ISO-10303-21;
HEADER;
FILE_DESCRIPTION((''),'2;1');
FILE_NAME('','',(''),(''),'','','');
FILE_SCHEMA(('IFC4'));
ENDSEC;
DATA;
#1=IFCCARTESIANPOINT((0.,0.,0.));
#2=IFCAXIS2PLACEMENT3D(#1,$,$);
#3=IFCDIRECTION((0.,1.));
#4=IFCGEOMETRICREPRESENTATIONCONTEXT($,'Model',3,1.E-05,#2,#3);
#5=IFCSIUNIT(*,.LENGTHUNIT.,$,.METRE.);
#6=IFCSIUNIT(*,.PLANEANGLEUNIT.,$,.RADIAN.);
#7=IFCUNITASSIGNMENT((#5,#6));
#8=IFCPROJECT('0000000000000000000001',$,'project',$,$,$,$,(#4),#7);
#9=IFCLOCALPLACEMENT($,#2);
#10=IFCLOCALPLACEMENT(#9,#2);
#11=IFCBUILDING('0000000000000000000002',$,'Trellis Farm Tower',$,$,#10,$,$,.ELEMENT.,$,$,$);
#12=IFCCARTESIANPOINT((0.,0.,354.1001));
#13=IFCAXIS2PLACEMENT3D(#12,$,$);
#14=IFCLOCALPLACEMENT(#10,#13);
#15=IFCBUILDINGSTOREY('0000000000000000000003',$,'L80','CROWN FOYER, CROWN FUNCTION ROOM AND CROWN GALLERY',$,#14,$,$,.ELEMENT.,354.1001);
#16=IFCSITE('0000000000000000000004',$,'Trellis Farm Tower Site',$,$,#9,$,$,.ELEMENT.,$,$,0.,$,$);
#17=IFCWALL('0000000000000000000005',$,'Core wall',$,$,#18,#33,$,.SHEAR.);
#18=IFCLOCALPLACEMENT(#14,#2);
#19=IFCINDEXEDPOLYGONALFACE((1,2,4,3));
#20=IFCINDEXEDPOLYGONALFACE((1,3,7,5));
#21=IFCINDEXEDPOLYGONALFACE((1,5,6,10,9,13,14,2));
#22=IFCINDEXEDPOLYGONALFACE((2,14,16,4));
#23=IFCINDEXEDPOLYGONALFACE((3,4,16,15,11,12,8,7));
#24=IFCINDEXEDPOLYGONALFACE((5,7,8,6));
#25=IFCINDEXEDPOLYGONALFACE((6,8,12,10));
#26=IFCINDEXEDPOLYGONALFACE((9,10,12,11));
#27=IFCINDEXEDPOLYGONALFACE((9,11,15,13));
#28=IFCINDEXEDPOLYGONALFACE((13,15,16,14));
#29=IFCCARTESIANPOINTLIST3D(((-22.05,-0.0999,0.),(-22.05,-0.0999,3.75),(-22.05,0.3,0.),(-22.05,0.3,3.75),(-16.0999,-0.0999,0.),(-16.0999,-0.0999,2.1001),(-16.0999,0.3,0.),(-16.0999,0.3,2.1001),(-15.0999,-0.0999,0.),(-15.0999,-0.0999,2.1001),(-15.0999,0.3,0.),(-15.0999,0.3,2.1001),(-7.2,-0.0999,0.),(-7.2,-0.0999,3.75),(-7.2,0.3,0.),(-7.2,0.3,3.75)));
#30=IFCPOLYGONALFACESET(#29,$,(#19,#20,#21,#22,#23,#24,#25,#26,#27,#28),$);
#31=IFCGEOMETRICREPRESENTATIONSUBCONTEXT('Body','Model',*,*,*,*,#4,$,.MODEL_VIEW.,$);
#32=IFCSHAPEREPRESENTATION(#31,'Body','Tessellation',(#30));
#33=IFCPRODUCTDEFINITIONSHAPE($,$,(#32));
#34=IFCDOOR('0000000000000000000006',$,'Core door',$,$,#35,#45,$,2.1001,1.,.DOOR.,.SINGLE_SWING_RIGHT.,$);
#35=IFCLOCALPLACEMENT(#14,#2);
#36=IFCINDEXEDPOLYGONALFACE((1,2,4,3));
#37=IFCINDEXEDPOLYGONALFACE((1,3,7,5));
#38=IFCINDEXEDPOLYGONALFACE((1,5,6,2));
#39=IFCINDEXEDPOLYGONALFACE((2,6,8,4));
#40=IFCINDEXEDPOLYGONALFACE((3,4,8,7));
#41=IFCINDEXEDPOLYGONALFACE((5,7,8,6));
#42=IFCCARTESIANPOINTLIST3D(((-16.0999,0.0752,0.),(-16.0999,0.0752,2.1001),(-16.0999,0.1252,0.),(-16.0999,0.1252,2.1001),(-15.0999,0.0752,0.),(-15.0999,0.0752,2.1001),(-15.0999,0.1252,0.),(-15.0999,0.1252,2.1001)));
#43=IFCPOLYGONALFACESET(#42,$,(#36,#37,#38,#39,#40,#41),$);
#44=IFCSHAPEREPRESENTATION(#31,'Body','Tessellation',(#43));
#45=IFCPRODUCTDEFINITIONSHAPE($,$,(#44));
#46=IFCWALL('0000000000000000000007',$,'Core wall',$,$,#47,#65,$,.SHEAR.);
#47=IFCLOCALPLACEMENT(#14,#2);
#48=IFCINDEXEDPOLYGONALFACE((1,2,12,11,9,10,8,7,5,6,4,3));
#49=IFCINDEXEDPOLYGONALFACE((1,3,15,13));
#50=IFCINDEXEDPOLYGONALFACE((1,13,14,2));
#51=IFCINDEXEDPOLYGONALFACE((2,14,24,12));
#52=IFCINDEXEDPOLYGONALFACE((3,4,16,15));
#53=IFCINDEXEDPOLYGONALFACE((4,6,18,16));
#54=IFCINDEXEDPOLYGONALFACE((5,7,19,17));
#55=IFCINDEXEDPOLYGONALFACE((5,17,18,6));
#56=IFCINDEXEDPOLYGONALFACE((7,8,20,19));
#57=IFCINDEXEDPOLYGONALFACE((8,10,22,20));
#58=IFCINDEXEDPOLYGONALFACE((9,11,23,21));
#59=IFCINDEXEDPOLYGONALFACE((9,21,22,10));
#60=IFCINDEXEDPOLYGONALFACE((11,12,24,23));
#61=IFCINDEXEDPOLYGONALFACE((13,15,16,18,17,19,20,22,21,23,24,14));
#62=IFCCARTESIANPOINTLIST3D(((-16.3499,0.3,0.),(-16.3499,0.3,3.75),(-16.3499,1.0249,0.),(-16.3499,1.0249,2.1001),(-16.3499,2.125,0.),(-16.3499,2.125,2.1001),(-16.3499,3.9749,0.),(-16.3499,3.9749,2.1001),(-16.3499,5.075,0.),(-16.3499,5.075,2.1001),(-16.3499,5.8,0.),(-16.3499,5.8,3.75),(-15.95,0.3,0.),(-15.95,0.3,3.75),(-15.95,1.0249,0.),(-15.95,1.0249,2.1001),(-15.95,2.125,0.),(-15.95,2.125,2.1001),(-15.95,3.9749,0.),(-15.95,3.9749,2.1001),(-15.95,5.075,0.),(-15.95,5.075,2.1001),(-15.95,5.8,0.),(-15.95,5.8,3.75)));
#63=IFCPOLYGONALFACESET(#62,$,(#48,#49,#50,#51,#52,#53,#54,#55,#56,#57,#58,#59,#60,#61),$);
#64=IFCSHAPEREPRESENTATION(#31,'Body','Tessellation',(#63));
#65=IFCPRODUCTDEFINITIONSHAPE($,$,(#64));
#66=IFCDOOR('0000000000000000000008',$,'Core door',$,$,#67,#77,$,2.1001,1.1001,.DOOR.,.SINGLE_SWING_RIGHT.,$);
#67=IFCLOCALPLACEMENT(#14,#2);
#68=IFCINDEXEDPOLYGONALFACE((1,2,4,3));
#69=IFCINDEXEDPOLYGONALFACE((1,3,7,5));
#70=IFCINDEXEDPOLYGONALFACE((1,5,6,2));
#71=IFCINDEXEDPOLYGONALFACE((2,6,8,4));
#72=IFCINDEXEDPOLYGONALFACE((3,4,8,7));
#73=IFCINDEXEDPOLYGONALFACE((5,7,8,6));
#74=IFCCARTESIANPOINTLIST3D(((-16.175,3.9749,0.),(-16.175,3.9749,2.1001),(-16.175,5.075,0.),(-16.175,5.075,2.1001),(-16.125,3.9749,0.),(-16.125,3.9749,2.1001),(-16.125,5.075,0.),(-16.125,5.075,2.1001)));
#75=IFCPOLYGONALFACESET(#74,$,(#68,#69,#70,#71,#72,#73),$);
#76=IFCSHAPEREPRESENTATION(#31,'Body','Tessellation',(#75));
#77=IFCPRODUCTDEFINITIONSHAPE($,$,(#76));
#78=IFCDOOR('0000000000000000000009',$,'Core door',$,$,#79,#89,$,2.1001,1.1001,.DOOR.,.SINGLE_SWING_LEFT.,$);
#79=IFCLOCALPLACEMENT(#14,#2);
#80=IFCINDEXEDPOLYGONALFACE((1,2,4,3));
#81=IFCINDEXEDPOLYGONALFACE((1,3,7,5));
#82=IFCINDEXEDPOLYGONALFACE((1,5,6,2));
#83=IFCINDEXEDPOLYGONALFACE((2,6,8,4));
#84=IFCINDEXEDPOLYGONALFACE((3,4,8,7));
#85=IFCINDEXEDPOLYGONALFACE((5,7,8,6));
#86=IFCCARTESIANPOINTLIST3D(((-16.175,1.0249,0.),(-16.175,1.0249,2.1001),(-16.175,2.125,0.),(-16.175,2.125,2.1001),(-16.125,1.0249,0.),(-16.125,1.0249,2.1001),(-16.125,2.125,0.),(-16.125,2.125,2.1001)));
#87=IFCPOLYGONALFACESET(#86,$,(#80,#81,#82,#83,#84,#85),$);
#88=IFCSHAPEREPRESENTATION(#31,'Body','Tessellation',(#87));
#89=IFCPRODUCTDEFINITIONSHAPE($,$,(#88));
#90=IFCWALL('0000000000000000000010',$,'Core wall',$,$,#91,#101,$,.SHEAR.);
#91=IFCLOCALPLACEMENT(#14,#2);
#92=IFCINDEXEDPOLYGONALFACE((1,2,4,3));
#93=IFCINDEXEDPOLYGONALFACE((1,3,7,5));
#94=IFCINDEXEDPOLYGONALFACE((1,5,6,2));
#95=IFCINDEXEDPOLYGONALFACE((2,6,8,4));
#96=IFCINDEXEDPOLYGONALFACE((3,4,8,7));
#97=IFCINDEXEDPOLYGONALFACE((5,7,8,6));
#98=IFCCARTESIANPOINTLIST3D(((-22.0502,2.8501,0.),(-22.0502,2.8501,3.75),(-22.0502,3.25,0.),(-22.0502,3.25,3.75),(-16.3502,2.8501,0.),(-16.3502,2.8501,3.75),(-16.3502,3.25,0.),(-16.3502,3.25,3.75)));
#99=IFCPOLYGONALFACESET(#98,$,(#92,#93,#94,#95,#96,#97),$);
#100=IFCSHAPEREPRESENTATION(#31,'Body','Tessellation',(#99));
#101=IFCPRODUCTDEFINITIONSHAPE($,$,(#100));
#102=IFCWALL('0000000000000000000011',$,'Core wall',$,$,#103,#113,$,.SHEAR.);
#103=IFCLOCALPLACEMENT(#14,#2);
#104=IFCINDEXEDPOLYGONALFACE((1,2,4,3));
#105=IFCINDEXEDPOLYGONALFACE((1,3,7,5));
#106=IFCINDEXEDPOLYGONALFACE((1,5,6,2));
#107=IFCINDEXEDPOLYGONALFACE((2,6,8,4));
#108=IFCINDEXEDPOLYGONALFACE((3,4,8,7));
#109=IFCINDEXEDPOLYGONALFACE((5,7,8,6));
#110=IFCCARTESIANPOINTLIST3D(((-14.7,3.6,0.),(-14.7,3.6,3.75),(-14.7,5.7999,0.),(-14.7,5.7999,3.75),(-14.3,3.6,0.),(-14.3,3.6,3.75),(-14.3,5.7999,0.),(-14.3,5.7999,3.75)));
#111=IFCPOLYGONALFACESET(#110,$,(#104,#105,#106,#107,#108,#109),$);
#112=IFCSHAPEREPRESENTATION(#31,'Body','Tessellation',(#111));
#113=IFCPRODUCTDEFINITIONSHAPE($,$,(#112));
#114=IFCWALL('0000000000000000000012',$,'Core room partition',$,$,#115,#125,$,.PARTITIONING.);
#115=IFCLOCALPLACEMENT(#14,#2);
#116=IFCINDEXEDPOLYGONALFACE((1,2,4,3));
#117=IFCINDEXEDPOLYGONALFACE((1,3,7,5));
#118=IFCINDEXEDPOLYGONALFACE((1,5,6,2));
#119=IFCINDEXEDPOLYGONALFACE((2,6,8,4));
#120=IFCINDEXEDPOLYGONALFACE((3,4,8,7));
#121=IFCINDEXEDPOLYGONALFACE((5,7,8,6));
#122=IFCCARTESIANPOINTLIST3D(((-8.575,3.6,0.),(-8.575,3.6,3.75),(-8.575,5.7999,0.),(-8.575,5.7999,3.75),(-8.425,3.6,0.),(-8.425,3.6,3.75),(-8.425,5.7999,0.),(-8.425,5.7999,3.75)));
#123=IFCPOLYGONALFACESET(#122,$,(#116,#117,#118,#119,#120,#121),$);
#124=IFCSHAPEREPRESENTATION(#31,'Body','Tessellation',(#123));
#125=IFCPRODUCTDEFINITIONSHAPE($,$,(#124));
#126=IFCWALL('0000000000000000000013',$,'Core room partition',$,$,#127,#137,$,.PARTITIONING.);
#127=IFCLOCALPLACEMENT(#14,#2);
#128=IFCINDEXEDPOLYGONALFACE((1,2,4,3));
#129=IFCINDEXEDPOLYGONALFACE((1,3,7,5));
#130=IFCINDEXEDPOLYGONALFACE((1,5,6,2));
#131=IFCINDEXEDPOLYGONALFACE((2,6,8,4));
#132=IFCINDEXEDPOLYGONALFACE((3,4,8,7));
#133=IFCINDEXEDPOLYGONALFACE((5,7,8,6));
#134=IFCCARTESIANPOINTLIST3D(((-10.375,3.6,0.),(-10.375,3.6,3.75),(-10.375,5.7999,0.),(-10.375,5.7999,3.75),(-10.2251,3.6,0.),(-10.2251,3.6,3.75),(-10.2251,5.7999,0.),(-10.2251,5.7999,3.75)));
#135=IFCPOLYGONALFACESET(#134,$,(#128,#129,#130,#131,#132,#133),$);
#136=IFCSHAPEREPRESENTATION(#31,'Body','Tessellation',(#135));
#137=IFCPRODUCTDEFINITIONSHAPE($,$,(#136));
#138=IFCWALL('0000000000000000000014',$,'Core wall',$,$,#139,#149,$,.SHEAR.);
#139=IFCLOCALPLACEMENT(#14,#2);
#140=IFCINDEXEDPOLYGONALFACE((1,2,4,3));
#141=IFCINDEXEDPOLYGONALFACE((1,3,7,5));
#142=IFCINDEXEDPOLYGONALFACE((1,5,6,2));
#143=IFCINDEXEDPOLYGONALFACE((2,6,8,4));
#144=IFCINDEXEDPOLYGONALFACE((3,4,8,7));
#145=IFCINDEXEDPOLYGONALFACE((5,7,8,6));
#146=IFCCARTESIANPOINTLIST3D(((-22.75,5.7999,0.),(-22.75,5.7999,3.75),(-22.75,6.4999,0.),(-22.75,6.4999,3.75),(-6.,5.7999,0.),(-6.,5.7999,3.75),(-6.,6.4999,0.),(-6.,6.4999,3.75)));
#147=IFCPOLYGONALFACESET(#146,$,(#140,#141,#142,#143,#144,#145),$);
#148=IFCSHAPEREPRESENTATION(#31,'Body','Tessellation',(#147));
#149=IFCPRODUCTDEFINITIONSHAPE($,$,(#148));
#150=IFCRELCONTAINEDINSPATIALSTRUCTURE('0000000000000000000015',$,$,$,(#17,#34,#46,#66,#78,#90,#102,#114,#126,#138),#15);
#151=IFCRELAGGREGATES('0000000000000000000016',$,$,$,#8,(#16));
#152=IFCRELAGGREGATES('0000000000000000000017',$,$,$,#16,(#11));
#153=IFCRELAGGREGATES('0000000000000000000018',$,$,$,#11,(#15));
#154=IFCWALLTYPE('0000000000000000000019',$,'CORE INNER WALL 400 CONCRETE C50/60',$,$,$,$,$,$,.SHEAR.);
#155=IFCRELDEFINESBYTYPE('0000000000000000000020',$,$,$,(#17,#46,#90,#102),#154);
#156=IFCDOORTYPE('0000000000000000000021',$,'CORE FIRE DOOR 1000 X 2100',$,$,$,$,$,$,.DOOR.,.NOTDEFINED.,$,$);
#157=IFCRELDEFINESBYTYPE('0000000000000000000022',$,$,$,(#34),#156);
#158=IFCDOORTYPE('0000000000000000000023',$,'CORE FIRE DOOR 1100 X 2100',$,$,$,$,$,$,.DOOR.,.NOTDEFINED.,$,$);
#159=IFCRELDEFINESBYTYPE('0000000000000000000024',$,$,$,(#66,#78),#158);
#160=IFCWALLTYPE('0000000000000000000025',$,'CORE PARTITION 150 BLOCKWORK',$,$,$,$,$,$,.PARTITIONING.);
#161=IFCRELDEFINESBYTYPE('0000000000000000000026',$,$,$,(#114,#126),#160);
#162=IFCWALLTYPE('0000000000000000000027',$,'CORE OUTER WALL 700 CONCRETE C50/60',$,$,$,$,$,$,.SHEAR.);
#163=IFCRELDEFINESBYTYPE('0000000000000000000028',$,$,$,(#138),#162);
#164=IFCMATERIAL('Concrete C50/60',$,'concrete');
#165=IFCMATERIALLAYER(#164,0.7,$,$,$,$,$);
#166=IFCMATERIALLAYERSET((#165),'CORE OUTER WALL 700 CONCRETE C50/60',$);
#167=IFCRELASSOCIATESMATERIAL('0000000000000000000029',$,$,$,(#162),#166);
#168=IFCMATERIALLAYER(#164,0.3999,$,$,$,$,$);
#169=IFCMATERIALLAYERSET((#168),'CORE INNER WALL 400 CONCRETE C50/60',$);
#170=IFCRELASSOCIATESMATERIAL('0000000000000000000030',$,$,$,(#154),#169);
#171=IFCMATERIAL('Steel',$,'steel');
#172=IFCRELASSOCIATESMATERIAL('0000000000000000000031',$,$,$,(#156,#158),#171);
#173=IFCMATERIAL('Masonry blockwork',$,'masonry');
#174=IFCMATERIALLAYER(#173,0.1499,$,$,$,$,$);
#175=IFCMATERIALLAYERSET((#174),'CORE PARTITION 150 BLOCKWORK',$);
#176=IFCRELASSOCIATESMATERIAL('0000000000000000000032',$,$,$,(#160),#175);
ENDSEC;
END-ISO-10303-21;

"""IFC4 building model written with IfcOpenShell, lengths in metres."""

from ifc_helpers import new_model, si_unit, direction, frame, frame_2d, origin, place, context, subcontext, project, spatial, rectangle, extrude, source, transform, mapped, material, layer, layer_set, type_object, element, fill, save


model = new_model("IFC4")

# Units and contexts
model_context = context("Model", 3, precision=1e-05, world=origin(), true_north=direction((0.0, 1.0)))
body_context = subcontext(model_context, "Body", "Model", "MODEL_VIEW")
ifc_project = project(units=[si_unit("LENGTHUNIT", "METRE"), si_unit("PLANEANGLEUNIT", "RADIAN")], contexts=[model_context])

# Site, building, storey
site_placement = place(None, origin())
site = spatial("IfcSite", under=ifc_project, at=site_placement, Name="Trellis Farm Tower Site", CompositionType="ELEMENT", RefElevation=0.0)
building_placement = place(site_placement, origin())
building = spatial("IfcBuilding", under=site, at=building_placement, Name="Trellis Farm Tower", CompositionType="ELEMENT")
storey_placement = place(building_placement, frame((0.0, 0.0, 354.1001)))
storey = spatial("IfcBuildingStorey", under=building, at=storey_placement, Name="L80", Description="CROWN FOYER, CROWN FUNCTION ROOM AND CROWN GALLERY", CompositionType="ELEMENT", Elevation=354.1001)

# Shared definitions
ifc_material_1 = material(Name="Concrete C50/60", Category="concrete")
ifc_layer_1 = layer(ifc_material_1, 0.7)
ifc_layer_set_1 = layer_set([ifc_layer_1], Name="CORE OUTER WALL 700 CONCRETE C50/60")
wall_type_1 = type_object("IfcWallType", Name="CORE OUTER WALL 700 CONCRETE C50/60", PredefinedType="SHEAR", material=ifc_layer_set_1)
ifc_material_2 = material(Name="Steel", Category="steel")

# Shared definitions
ifc_layer_2 = layer(ifc_material_1, 0.3999)
ifc_layer_set_2 = layer_set([ifc_layer_2], Name="CORE INNER WALL 400 CONCRETE C50/60")
wall_type_2 = type_object("IfcWallType", Name="CORE INNER WALL 400 CONCRETE C50/60", PredefinedType="SHEAR", material=ifc_layer_set_2)

# Wall, opening, door
shared_shape_1 = source(origin(), body_context, "Body", "SweptSolid", [
    extrude(rectangle(XDim=14.8501, YDim=0.3999, at=frame_2d((7.425, 0.0))), origin(), (0.0, 0.0, 1.0), 3.75),
])
wall_1_placement = place(storey_placement, frame((-7.2, 0.1001, 0.0), z_axis=(0.0, 0.0, 1.0), x_axis=(-1.0, 0.0, 0.0)))
wall_1 = element("IfcWall", 1, at=wall_1_placement, inside=storey, type_object=wall_type_2, Name="Core wall", PredefinedType="SHEAR", context=body_context, shape_type="MappedRepresentation", body=[
    mapped(shared_shape_1, transform((0.0, 0.0, 0.0))),
])
shared_shape_2 = source(origin(), body_context, "Body", "SweptSolid", [
    extrude(rectangle(XDim=1.0, YDim=2.1001, at=frame_2d((0.5, 1.05))), frame((0.0, 0.21, 0.0), z_axis=(0.0, -1.0, 0.0), x_axis=(1.0, 0.0, 0.0)), (0.0, 0.0, 1.0), 0.4199),
])
opening_1_placement = place(wall_1_placement, frame((7.8999, 0.0, 0.0)))
opening_1 = element("IfcOpeningElement", 2, at=opening_1_placement, cuts=wall_1, PredefinedType="OPENING", context=body_context, shape_type="MappedRepresentation", body=[
    mapped(shared_shape_2, transform((0.0, 0.0, 0.0))),
])
door_type_1 = type_object("IfcDoorType", Name="CORE FIRE DOOR 1000 X 2100", OperationType="NOTDEFINED", PredefinedType="DOOR", material=ifc_material_2)
shared_shape_3 = source(origin(), body_context, "Body", "SweptSolid", [
    extrude(rectangle(XDim=1.0, YDim=2.1001, at=frame_2d((0.5, 1.05))), frame((0.0, 0.0249, 0.0), z_axis=(0.0, -1.0, 0.0), x_axis=(1.0, 0.0, 0.0)), (0.0, 0.0, 1.0), 0.05),
])
door_1_placement = place(opening_1_placement, origin())
door_1 = element("IfcDoor", 3, at=door_1_placement, inside=storey, type_object=door_type_1, Name="Core door", OperationType="SINGLE_SWING_RIGHT", OverallHeight=2.1001, OverallWidth=1.0, PredefinedType="DOOR", context=body_context, shape_type="MappedRepresentation", body=[
    mapped(shared_shape_3, transform((0.0, 0.0, 0.0))),
])
fill(opening_1, door_1)

# Wall, openings, doors
shared_shape_4 = source(origin(), body_context, "Body", "SweptSolid", [
    extrude(rectangle(XDim=5.5, YDim=0.3999, at=frame_2d((2.75, 0.0))), origin(), (0.0, 0.0, 1.0), 3.75),
])
wall_2_placement = place(storey_placement, frame((-16.1499, 5.8, 0.0), z_axis=(0.0, 0.0, 1.0), x_axis=(0.0, -1.0, 0.0)))
wall_2 = element("IfcWall", 4, at=wall_2_placement, inside=storey, type_object=wall_type_2, Name="Core wall", PredefinedType="SHEAR", context=body_context, shape_type="MappedRepresentation", body=[
    mapped(shared_shape_4, transform((0.0, 0.0, 0.0))),
])
shared_shape_5 = source(origin(), body_context, "Body", "SweptSolid", [
    extrude(rectangle(XDim=1.1001, YDim=2.1001, at=frame_2d((0.55, 1.05))), frame((0.0, 0.21, 0.0), z_axis=(0.0, -1.0, 0.0), x_axis=(1.0, 0.0, 0.0)), (0.0, 0.0, 1.0), 0.4199),
])
opening_2_placement = place(wall_2_placement, frame((0.7251, 0.0, 0.0)))
opening_2 = element("IfcOpeningElement", 5, at=opening_2_placement, cuts=wall_2, PredefinedType="OPENING", context=body_context, shape_type="MappedRepresentation", body=[
    mapped(shared_shape_5, transform((0.0, 0.0, 0.0))),
])
opening_3_placement = place(wall_2_placement, frame((3.675, 0.0, 0.0)))
opening_3 = element("IfcOpeningElement", 6, at=opening_3_placement, cuts=wall_2, PredefinedType="OPENING", context=body_context, shape_type="MappedRepresentation", body=[
    mapped(shared_shape_5, transform((0.0, 0.0, 0.0))),
])
door_type_2 = type_object("IfcDoorType", Name="CORE FIRE DOOR 1100 X 2100", OperationType="NOTDEFINED", PredefinedType="DOOR", material=ifc_material_2)
shared_shape_6 = source(origin(), body_context, "Body", "SweptSolid", [
    extrude(rectangle(XDim=1.1001, YDim=2.1001, at=frame_2d((0.55, 1.05))), frame((0.0, 0.0249, 0.0), z_axis=(0.0, -1.0, 0.0), x_axis=(1.0, 0.0, 0.0)), (0.0, 0.0, 1.0), 0.05),
])
door_2_placement = place(opening_2_placement, origin())
door_2 = element("IfcDoor", 7, at=door_2_placement, inside=storey, type_object=door_type_2, Name="Core door", OperationType="SINGLE_SWING_RIGHT", OverallHeight=2.1001, OverallWidth=1.1001, PredefinedType="DOOR", context=body_context, shape_type="MappedRepresentation", body=[
    mapped(shared_shape_6, transform((0.0, 0.0, 0.0))),
])
fill(opening_2, door_2)
door_3_placement = place(opening_3_placement, origin())
door_3 = element("IfcDoor", 8, at=door_3_placement, inside=storey, type_object=door_type_2, Name="Core door", OperationType="SINGLE_SWING_LEFT", OverallHeight=2.1001, OverallWidth=1.1001, PredefinedType="DOOR", context=body_context, shape_type="MappedRepresentation", body=[
    mapped(shared_shape_6, transform((0.0, 0.0, 0.0))),
])
fill(opening_3, door_3)

# Walls
shared_shape_7 = source(origin(), body_context, "Body", "SweptSolid", [
    extrude(rectangle(XDim=5.7, YDim=0.3999, at=frame_2d((2.8501, 0.0))), origin(), (0.0, 0.0, 1.0), 3.75),
])
wall_3_placement = place(storey_placement, frame((-16.3501, 3.05, 0.0), z_axis=(0.0, 0.0, 1.0), x_axis=(-1.0, 0.0, 0.0)))
element("IfcWall", 9, at=wall_3_placement, inside=storey, type_object=wall_type_2, Name="Core wall", PredefinedType="SHEAR", context=body_context, shape_type="MappedRepresentation", body=[
    mapped(shared_shape_7, transform((0.0, 0.0, 0.0))),
])
shared_shape_8 = source(origin(), body_context, "Body", "SweptSolid", [
    extrude(rectangle(XDim=2.2, YDim=0.3999, at=frame_2d((1.1001, 0.0))), origin(), (0.0, 0.0, 1.0), 3.75),
])
wall_4_placement = place(storey_placement, frame((-14.5, 5.8, 0.0), z_axis=(0.0, 0.0, 1.0), x_axis=(0.0, -1.0, 0.0)))
element("IfcWall", 10, at=wall_4_placement, inside=storey, type_object=wall_type_2, Name="Core wall", PredefinedType="SHEAR", context=body_context, shape_type="MappedRepresentation", body=[
    mapped(shared_shape_8, transform((0.0, 0.0, 0.0))),
])
ifc_material_3 = material(Name="Masonry blockwork", Category="masonry")
ifc_layer_3 = layer(ifc_material_3, 0.1499)
ifc_layer_set_3 = layer_set([ifc_layer_3], Name="CORE PARTITION 150 BLOCKWORK")
wall_type_3 = type_object("IfcWallType", Name="CORE PARTITION 150 BLOCKWORK", PredefinedType="PARTITIONING", material=ifc_layer_set_3)
shared_shape_9 = source(origin(), body_context, "Body", "SweptSolid", [
    extrude(rectangle(XDim=2.2, YDim=0.1499, at=frame_2d((1.1001, 0.0))), origin(), (0.0, 0.0, 1.0), 3.75),
])
for number, where, z_axis, x_axis, name in (
    (11, (-8.5, 5.8, 0.0), (0.0, 0.0, 1.0), (0.0, -1.0, 0.0), "Core room partition"),
    (12, (-10.3, 5.8, 0.0), (0.0, 0.0, 1.0), (0.0, -1.0, 0.0), "Core room partition"),
):
    element("IfcWall", number, at=place(storey_placement, frame(where, z_axis=z_axis, x_axis=x_axis)), inside=storey, type_object=wall_type_3, Name=name, PredefinedType="PARTITIONING", context=body_context, shape_type="MappedRepresentation", body=[
        mapped(shared_shape_9, transform((0.0, 0.0, 0.0))),
    ])
shared_shape_10 = source(origin(), body_context, "Body", "SweptSolid", [
    extrude(rectangle(XDim=16.75, YDim=0.7, at=frame_2d((8.375, 0.0))), origin(), (0.0, 0.0, 1.0), 3.75),
])
wall_5_placement = place(storey_placement, frame((-6.0, 6.1499, 0.0), z_axis=(0.0, 0.0, 1.0), x_axis=(-1.0, 0.0, 0.0)))
element("IfcWall", 13, at=wall_5_placement, inside=storey, type_object=wall_type_1, Name="Core wall", PredefinedType="SHEAR", context=body_context, shape_type="MappedRepresentation", body=[
    mapped(shared_shape_10, transform((0.0, 0.0, 0.0))),
])

save(model, "model.ifc")
